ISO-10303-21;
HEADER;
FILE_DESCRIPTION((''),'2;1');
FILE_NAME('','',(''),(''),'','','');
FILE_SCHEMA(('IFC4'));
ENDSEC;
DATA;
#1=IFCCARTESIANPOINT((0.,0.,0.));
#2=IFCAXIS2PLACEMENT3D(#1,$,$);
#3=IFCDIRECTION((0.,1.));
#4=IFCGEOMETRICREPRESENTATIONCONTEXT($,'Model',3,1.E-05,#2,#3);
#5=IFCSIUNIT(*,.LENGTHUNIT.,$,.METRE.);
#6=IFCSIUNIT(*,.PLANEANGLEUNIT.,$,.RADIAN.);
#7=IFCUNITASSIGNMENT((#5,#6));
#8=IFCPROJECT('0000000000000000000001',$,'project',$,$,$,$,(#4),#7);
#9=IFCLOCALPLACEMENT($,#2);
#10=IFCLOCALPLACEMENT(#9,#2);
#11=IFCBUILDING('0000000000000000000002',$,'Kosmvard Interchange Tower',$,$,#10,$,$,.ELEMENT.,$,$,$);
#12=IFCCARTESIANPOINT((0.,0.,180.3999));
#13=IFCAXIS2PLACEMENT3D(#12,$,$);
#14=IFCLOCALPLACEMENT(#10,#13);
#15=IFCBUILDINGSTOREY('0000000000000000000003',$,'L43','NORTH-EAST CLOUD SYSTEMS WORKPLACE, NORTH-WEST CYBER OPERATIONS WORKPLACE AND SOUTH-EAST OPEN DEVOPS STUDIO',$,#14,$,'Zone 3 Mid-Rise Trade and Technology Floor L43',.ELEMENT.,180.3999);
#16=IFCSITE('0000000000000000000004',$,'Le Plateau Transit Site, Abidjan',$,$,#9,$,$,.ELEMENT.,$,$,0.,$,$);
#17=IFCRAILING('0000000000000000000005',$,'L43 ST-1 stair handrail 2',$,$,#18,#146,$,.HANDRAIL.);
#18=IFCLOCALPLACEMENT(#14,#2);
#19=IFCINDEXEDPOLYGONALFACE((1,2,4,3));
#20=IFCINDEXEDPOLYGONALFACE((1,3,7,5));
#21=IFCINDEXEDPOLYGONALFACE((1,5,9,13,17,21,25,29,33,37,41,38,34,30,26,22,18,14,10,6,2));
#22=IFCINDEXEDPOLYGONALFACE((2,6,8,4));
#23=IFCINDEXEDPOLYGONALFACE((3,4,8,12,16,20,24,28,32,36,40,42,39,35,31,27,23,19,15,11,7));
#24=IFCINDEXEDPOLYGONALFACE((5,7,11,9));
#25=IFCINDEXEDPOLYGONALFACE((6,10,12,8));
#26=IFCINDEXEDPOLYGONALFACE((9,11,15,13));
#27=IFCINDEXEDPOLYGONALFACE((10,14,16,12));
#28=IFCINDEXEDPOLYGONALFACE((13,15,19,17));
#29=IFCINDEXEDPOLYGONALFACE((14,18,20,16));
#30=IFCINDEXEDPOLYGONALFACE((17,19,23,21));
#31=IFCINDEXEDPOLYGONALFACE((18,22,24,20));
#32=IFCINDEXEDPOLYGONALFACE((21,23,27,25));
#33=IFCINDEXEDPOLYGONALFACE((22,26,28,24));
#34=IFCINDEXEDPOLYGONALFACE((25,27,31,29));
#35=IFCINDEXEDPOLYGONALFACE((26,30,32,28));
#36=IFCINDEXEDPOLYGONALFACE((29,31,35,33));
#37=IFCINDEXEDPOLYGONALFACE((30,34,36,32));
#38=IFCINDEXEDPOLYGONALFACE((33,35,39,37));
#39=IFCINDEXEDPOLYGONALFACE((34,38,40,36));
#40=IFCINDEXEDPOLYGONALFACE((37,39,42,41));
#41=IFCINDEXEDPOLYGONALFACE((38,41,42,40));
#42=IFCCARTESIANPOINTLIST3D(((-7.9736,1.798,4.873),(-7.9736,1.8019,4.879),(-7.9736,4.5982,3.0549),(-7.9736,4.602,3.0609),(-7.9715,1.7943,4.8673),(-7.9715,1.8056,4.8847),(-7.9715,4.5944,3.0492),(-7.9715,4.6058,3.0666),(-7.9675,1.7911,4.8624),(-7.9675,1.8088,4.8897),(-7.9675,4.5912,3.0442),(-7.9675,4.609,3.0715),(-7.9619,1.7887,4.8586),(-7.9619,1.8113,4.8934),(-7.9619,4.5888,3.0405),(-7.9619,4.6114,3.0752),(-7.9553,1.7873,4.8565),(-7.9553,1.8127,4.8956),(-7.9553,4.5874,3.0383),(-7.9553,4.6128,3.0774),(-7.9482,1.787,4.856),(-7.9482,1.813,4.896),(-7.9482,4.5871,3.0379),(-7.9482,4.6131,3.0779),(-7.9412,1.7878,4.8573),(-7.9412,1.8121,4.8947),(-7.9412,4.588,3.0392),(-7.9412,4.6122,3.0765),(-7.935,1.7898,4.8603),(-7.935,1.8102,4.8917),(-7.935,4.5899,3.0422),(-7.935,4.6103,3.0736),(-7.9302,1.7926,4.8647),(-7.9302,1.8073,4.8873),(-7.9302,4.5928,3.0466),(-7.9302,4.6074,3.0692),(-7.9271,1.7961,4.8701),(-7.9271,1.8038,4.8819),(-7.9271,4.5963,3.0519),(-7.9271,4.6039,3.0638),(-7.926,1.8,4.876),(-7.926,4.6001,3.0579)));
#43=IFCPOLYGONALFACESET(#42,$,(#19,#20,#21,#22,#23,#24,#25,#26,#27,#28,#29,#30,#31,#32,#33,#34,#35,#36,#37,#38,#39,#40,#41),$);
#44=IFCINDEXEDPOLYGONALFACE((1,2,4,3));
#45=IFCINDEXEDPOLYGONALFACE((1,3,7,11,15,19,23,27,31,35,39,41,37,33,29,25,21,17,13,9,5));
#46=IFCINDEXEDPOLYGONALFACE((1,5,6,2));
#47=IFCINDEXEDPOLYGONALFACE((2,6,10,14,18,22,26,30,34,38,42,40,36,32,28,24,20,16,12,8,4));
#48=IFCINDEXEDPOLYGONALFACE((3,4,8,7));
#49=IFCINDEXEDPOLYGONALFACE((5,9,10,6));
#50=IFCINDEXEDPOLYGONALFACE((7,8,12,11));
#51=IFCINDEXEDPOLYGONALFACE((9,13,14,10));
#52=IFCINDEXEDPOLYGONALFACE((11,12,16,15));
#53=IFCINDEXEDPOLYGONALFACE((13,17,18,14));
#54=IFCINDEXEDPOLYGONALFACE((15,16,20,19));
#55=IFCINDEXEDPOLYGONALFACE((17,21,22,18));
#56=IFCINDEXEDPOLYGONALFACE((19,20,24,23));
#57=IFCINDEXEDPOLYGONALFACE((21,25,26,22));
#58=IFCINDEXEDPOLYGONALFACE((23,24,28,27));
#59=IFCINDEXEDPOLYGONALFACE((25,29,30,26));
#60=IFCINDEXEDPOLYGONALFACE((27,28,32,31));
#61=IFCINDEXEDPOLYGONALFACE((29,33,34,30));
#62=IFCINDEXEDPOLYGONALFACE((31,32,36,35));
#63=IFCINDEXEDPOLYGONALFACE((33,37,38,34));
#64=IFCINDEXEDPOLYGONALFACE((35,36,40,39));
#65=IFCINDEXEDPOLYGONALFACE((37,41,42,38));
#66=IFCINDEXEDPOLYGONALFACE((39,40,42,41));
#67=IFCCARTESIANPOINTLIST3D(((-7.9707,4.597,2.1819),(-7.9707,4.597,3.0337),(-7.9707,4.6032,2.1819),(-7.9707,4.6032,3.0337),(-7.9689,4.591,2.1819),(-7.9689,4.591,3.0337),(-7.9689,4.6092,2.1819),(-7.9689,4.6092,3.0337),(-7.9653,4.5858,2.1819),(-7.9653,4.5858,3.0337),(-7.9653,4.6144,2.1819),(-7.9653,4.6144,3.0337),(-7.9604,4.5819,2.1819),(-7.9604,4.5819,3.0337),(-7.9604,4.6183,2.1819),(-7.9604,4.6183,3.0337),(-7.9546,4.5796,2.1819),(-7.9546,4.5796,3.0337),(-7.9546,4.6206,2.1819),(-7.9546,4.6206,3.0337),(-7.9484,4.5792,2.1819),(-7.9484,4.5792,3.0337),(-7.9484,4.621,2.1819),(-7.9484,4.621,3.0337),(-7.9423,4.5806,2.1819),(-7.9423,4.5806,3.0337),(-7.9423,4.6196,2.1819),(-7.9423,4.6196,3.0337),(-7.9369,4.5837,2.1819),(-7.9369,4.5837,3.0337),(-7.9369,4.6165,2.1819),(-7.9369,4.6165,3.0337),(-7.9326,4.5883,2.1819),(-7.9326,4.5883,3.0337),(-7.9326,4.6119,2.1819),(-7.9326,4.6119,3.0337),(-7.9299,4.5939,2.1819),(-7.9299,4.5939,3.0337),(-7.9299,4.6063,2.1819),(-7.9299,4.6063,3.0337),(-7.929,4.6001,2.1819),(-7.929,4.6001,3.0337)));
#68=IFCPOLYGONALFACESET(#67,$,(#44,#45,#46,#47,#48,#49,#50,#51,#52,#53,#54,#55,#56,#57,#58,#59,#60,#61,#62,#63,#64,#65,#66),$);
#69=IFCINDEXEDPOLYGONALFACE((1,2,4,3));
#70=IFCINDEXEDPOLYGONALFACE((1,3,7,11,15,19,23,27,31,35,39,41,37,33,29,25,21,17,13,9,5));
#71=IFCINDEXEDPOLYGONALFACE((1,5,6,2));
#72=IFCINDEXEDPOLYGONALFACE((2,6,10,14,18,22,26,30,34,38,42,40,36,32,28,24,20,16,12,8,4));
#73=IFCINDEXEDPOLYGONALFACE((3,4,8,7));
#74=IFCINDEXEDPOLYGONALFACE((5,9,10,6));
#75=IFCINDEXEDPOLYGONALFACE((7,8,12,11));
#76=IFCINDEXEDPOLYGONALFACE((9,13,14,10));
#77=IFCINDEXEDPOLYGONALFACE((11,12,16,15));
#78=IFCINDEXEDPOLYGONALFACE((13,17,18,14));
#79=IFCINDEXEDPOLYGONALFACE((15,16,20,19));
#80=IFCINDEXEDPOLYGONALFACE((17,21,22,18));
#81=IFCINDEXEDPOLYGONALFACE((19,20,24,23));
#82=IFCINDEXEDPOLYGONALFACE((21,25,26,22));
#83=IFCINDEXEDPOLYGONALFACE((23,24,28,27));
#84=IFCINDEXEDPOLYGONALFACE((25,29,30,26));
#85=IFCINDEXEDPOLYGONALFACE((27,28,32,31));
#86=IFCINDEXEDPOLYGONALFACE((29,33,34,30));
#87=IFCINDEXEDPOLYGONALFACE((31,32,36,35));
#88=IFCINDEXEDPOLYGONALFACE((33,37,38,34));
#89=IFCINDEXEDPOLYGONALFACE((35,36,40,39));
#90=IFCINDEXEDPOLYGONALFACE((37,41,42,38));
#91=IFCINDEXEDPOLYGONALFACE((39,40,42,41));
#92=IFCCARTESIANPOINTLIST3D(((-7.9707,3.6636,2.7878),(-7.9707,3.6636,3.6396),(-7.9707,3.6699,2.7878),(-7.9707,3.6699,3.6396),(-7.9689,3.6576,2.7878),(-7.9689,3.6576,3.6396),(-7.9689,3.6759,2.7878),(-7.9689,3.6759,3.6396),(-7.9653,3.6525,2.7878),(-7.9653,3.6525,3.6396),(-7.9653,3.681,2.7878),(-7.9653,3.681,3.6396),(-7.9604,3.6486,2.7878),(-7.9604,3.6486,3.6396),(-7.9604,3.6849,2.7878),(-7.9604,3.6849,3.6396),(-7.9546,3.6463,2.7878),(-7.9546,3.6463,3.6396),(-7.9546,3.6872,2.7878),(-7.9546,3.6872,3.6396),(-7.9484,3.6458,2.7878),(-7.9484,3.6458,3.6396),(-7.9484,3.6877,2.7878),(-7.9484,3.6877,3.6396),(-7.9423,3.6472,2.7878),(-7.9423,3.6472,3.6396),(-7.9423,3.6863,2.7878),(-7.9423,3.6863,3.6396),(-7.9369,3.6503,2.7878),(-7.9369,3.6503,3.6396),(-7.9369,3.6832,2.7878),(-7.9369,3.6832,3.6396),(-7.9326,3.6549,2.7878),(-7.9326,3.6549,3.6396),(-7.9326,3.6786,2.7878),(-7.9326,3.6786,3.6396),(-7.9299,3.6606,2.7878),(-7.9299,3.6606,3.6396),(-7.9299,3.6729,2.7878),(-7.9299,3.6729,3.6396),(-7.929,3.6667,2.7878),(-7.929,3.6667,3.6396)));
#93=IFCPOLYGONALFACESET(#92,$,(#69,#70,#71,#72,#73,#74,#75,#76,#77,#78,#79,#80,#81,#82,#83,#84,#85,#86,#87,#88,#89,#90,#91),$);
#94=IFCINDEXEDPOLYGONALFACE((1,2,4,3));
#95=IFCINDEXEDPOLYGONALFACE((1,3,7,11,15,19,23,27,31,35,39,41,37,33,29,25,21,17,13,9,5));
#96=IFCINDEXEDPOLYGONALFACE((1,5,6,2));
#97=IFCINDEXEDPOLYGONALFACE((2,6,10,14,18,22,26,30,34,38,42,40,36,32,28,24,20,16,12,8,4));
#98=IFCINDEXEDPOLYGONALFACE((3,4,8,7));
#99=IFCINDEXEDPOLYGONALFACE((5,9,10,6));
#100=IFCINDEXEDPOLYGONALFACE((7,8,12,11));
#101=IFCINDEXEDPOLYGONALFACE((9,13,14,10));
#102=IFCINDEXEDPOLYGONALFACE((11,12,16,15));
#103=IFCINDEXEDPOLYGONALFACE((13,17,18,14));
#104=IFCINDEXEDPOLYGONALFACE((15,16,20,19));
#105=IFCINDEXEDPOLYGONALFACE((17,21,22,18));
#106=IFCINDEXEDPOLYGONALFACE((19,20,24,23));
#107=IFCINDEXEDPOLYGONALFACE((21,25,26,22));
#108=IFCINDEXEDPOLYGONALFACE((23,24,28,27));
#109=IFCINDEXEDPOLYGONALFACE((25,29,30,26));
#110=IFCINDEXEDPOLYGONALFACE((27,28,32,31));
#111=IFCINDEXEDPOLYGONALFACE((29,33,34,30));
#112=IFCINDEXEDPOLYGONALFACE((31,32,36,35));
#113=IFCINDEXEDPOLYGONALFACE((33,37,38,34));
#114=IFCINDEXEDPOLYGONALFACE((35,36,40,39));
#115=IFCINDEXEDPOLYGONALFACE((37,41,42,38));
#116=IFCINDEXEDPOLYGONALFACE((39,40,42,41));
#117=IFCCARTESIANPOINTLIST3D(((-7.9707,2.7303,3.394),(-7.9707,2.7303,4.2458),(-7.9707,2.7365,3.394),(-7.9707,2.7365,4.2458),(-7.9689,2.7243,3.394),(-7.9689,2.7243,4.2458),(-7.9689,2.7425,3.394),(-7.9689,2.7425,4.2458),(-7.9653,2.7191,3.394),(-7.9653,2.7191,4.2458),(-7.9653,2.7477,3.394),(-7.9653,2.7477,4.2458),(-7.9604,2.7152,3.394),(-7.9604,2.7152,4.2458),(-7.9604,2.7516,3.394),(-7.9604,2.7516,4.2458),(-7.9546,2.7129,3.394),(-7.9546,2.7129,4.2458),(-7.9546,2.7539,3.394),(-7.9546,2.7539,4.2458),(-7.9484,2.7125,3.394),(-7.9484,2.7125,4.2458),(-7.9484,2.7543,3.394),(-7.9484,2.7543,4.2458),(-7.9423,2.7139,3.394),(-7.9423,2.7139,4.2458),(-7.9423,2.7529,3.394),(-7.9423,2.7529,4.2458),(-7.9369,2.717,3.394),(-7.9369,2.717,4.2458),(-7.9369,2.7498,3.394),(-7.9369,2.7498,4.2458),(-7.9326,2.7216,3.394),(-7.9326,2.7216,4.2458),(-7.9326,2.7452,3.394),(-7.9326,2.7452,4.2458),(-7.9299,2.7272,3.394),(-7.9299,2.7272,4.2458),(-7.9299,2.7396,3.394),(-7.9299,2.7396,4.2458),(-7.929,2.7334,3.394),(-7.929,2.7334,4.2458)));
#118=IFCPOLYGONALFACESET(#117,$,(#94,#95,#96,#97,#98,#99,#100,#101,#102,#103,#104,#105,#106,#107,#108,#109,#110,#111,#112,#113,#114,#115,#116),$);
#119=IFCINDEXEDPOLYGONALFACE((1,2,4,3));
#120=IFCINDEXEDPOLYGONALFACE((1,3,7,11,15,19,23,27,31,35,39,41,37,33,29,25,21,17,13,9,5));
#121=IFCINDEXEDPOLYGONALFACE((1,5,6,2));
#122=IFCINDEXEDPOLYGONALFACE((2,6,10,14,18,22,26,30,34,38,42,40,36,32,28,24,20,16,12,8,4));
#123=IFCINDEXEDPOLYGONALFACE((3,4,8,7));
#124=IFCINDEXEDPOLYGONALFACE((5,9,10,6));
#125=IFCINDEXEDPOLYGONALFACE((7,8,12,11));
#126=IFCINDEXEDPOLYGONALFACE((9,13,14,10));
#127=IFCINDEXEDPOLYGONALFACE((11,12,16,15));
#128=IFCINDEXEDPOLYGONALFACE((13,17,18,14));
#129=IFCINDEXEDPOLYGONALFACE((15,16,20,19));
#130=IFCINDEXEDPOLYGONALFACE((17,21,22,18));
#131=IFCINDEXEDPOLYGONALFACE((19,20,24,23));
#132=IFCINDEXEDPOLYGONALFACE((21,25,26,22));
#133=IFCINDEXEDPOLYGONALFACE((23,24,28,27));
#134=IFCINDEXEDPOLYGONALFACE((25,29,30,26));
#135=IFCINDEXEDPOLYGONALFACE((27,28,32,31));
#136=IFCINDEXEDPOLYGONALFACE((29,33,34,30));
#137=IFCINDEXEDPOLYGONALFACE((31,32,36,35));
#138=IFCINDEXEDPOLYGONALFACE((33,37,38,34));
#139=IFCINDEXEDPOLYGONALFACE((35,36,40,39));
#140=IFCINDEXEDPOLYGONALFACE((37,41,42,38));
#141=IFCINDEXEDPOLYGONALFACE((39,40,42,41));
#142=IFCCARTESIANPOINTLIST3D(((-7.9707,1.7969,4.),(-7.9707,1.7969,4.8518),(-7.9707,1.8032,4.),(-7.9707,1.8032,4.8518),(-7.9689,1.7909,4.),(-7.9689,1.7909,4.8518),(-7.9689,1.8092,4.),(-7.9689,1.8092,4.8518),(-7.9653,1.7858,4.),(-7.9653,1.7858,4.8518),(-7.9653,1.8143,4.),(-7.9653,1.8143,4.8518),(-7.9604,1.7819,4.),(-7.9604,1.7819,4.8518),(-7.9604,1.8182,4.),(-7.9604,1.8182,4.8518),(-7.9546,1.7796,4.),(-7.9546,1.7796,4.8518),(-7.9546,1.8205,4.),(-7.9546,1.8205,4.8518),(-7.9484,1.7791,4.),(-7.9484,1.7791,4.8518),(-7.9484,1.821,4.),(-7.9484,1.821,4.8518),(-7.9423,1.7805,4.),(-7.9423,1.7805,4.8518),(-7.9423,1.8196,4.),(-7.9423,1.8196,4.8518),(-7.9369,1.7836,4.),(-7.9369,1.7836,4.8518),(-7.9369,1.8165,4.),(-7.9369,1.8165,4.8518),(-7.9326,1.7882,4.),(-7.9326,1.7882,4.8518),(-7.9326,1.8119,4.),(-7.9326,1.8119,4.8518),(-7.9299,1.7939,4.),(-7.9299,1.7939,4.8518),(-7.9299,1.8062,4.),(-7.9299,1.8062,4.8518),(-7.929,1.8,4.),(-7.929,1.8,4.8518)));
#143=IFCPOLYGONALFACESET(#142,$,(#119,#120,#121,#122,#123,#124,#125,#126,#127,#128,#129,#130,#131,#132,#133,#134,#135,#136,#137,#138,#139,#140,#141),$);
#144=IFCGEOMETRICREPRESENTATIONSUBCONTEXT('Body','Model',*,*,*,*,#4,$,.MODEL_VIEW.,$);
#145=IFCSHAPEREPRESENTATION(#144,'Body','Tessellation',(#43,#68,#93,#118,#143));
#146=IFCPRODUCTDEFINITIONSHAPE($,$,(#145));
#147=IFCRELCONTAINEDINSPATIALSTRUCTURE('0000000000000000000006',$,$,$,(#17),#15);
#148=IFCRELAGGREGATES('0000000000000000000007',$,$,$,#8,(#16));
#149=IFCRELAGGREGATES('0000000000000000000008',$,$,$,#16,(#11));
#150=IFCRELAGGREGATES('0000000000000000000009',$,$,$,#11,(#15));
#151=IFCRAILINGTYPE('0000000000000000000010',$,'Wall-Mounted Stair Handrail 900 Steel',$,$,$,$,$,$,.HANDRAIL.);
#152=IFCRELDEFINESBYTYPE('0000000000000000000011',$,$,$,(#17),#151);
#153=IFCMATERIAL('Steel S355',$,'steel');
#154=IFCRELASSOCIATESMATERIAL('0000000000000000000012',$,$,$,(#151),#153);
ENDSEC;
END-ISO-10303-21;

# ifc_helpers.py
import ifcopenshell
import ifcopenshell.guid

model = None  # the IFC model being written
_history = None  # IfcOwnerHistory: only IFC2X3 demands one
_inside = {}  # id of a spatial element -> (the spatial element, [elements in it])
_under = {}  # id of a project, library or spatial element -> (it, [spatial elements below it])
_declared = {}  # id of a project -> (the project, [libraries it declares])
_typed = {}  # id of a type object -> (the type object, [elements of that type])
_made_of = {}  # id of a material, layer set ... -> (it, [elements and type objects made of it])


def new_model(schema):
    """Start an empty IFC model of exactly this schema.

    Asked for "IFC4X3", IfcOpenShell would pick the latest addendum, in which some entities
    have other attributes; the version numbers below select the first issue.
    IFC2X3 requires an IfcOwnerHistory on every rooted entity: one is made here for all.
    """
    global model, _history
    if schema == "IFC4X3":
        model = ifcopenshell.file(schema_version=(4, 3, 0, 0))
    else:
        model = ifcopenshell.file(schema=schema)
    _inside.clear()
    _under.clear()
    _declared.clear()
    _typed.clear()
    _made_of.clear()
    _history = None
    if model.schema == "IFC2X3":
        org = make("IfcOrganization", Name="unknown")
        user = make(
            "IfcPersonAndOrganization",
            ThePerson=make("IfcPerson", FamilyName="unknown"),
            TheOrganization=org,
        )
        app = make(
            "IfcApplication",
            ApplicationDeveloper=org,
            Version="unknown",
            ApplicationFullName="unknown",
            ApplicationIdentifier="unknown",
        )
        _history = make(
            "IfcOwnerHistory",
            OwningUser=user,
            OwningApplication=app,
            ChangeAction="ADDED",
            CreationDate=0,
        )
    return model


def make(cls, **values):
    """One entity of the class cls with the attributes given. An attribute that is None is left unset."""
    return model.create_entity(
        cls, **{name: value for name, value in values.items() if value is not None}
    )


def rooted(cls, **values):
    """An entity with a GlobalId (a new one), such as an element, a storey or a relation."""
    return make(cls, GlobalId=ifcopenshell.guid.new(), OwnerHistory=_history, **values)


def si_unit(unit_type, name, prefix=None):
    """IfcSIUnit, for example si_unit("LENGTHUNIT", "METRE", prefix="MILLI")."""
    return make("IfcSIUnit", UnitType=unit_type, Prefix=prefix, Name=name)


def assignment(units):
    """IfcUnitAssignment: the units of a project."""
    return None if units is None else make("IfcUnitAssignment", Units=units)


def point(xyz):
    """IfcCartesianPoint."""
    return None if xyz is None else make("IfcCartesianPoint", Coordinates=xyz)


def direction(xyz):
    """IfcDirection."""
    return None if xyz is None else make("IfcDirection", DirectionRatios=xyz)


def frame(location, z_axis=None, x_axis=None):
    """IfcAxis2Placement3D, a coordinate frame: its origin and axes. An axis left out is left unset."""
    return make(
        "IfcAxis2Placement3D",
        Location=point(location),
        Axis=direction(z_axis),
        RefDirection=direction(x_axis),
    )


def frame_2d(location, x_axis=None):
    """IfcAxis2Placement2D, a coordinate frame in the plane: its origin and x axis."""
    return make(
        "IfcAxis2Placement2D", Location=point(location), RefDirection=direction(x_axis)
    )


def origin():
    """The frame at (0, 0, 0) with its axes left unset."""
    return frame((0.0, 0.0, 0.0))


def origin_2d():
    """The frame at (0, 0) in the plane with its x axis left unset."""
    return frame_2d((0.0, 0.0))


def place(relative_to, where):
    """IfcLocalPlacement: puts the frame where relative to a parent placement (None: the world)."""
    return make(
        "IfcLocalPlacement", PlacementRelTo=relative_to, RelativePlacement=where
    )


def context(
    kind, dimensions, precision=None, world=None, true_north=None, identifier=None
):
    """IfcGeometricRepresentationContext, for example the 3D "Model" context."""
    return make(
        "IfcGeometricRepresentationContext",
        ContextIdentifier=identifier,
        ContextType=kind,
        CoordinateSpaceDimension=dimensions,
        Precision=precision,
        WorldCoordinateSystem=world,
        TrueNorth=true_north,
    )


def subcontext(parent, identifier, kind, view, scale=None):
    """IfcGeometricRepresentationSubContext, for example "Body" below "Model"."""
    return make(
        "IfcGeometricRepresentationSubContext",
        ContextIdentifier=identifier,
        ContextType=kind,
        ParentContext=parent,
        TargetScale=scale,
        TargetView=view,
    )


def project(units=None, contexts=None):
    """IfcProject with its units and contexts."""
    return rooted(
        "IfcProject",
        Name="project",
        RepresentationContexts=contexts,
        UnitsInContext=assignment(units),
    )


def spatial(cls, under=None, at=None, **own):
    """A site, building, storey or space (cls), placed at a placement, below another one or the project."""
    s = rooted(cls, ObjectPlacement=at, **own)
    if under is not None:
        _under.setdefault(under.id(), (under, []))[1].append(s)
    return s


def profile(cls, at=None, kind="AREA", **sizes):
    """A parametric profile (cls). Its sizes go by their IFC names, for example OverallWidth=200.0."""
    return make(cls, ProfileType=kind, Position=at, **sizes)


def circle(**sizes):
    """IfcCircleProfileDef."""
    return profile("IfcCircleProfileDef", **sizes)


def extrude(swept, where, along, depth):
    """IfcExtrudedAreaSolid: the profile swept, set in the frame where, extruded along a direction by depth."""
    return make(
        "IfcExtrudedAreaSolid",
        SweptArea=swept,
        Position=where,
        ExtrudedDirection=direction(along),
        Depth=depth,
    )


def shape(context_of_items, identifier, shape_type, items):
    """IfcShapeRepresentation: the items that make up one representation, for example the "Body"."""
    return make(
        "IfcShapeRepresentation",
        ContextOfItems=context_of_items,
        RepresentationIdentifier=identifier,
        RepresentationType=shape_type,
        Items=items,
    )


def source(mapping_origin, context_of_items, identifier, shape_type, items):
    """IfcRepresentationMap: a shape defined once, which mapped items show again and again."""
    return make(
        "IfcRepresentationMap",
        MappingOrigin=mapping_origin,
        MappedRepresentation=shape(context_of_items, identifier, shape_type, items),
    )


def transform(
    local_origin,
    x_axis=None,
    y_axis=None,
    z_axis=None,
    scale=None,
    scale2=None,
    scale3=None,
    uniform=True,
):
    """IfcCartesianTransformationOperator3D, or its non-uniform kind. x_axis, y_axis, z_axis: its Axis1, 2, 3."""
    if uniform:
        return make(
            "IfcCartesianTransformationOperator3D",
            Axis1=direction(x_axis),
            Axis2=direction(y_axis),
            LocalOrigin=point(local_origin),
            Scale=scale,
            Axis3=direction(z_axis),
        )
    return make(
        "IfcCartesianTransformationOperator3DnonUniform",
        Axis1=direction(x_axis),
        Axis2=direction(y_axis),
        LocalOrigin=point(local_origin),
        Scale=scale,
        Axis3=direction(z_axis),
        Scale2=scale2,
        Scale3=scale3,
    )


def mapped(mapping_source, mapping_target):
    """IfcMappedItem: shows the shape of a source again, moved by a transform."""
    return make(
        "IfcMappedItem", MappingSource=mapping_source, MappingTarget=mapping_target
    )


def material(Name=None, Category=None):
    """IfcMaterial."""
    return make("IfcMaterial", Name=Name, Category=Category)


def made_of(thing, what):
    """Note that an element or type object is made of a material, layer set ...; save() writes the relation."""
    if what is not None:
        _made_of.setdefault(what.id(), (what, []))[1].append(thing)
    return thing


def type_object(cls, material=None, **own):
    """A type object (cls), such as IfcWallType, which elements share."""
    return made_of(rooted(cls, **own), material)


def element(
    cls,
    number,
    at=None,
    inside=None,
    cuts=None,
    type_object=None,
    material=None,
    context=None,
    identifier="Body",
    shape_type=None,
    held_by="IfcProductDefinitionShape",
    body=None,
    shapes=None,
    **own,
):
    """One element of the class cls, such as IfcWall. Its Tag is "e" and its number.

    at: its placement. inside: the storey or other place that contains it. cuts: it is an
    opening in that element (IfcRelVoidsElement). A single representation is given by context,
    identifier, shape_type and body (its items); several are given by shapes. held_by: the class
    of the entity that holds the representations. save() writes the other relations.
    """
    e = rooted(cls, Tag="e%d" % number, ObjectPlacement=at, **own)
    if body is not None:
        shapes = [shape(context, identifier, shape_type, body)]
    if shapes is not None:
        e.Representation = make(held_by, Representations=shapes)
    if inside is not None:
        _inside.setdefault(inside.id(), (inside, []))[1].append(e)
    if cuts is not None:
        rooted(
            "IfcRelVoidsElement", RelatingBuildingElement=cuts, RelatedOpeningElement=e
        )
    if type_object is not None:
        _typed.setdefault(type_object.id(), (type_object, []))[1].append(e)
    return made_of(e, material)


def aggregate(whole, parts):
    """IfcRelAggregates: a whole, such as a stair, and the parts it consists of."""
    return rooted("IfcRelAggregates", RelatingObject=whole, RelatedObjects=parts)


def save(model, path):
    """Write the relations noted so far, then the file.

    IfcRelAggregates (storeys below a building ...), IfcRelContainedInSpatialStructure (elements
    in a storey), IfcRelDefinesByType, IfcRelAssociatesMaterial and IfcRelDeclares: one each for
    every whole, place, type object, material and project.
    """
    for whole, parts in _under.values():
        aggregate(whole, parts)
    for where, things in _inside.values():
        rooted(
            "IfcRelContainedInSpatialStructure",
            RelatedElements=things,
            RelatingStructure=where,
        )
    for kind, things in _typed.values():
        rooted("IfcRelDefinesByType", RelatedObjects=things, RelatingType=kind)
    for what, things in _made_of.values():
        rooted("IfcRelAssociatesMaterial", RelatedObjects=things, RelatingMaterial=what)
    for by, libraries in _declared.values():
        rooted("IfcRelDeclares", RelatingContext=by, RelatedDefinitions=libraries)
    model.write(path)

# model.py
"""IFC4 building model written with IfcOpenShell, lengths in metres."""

from ifc_helpers import new_model, si_unit, direction, frame, origin, origin_2d, place, context, subcontext, project, spatial, circle, extrude, source, transform, mapped, material, type_object, element, save


model = new_model("IFC4")

# Units and contexts
model_context = context("Model", 3, precision=1e-05, world=origin(), true_north=direction((0.0, 1.0)))
body_context = subcontext(model_context, "Body", "Model", "MODEL_VIEW")
ifc_project = project(units=[si_unit("LENGTHUNIT", "METRE"), si_unit("PLANEANGLEUNIT", "RADIAN")], contexts=[model_context])

# Site, building, storey
site_placement = place(None, origin())
site = spatial("IfcSite", under=ifc_project, at=site_placement, Name="Le Plateau Transit Site, Abidjan", CompositionType="ELEMENT", RefElevation=0.0)
building_placement = place(site_placement, origin())
building = spatial("IfcBuilding", under=site, at=building_placement, Name="Kosmvard Interchange Tower", CompositionType="ELEMENT")
storey_placement = place(building_placement, frame((0.0, 0.0, 180.3999)))
storey = spatial("IfcBuildingStorey", under=building, at=storey_placement, Name="L43", Description="NORTH-EAST CLOUD SYSTEMS WORKPLACE, NORTH-WEST CYBER OPERATIONS WORKPLACE AND SOUTH-EAST OPEN DEVOPS STUDIO", LongName="Zone 3 Mid-Rise Trade and Technology Floor L43", CompositionType="ELEMENT", Elevation=180.3999)

# Shared definitions
ifc_material_1 = material(Name="Steel S355", Category="steel")

# Railing
railing_type_1 = type_object("IfcRailingType", Name="Wall-Mounted Stair Handrail 900 Steel", PredefinedType="HANDRAIL", material=ifc_material_1)
shared_shape_1 = source(origin(), body_context, "Body", "SweptSolid", [
    extrude(circle(Radius=0.0239, at=origin_2d()), frame((0.0, 0.0, 0.876), z_axis=(0.0, -0.838706, 0.544585), x_axis=(1.0, 0.0, 0.0)), (0.0, 0.0, 1.0), 3.3386),
    extrude(circle(Radius=0.021, at=origin_2d()), origin(), (0.0, 0.0, 1.0), 0.8518),
    extrude(circle(Radius=0.021, at=origin_2d()), frame((0.0, -0.9333, 0.606)), (0.0, 0.0, 1.0), 0.8518),
    extrude(circle(Radius=0.021, at=origin_2d()), frame((0.0, -1.8667, 1.2122)), (0.0, 0.0, 1.0), 0.8518),
    extrude(circle(Radius=0.021, at=origin_2d()), frame((0.0, -2.8, 1.8181)), (0.0, 0.0, 1.0), 0.8518),
])
railing_1_placement = place(storey_placement, frame((-7.95, 4.6001, 2.1819)))
element("IfcRailing", 1, at=railing_1_placement, inside=storey, type_object=railing_type_1, Name="L43 ST-1 stair handrail 2", PredefinedType="HANDRAIL", context=body_context, shape_type="MappedRepresentation", body=[
    mapped(shared_shape_1, transform((0.0, 0.0, 0.0), scale=1.0)),
])

save(model, "model.ifc")
